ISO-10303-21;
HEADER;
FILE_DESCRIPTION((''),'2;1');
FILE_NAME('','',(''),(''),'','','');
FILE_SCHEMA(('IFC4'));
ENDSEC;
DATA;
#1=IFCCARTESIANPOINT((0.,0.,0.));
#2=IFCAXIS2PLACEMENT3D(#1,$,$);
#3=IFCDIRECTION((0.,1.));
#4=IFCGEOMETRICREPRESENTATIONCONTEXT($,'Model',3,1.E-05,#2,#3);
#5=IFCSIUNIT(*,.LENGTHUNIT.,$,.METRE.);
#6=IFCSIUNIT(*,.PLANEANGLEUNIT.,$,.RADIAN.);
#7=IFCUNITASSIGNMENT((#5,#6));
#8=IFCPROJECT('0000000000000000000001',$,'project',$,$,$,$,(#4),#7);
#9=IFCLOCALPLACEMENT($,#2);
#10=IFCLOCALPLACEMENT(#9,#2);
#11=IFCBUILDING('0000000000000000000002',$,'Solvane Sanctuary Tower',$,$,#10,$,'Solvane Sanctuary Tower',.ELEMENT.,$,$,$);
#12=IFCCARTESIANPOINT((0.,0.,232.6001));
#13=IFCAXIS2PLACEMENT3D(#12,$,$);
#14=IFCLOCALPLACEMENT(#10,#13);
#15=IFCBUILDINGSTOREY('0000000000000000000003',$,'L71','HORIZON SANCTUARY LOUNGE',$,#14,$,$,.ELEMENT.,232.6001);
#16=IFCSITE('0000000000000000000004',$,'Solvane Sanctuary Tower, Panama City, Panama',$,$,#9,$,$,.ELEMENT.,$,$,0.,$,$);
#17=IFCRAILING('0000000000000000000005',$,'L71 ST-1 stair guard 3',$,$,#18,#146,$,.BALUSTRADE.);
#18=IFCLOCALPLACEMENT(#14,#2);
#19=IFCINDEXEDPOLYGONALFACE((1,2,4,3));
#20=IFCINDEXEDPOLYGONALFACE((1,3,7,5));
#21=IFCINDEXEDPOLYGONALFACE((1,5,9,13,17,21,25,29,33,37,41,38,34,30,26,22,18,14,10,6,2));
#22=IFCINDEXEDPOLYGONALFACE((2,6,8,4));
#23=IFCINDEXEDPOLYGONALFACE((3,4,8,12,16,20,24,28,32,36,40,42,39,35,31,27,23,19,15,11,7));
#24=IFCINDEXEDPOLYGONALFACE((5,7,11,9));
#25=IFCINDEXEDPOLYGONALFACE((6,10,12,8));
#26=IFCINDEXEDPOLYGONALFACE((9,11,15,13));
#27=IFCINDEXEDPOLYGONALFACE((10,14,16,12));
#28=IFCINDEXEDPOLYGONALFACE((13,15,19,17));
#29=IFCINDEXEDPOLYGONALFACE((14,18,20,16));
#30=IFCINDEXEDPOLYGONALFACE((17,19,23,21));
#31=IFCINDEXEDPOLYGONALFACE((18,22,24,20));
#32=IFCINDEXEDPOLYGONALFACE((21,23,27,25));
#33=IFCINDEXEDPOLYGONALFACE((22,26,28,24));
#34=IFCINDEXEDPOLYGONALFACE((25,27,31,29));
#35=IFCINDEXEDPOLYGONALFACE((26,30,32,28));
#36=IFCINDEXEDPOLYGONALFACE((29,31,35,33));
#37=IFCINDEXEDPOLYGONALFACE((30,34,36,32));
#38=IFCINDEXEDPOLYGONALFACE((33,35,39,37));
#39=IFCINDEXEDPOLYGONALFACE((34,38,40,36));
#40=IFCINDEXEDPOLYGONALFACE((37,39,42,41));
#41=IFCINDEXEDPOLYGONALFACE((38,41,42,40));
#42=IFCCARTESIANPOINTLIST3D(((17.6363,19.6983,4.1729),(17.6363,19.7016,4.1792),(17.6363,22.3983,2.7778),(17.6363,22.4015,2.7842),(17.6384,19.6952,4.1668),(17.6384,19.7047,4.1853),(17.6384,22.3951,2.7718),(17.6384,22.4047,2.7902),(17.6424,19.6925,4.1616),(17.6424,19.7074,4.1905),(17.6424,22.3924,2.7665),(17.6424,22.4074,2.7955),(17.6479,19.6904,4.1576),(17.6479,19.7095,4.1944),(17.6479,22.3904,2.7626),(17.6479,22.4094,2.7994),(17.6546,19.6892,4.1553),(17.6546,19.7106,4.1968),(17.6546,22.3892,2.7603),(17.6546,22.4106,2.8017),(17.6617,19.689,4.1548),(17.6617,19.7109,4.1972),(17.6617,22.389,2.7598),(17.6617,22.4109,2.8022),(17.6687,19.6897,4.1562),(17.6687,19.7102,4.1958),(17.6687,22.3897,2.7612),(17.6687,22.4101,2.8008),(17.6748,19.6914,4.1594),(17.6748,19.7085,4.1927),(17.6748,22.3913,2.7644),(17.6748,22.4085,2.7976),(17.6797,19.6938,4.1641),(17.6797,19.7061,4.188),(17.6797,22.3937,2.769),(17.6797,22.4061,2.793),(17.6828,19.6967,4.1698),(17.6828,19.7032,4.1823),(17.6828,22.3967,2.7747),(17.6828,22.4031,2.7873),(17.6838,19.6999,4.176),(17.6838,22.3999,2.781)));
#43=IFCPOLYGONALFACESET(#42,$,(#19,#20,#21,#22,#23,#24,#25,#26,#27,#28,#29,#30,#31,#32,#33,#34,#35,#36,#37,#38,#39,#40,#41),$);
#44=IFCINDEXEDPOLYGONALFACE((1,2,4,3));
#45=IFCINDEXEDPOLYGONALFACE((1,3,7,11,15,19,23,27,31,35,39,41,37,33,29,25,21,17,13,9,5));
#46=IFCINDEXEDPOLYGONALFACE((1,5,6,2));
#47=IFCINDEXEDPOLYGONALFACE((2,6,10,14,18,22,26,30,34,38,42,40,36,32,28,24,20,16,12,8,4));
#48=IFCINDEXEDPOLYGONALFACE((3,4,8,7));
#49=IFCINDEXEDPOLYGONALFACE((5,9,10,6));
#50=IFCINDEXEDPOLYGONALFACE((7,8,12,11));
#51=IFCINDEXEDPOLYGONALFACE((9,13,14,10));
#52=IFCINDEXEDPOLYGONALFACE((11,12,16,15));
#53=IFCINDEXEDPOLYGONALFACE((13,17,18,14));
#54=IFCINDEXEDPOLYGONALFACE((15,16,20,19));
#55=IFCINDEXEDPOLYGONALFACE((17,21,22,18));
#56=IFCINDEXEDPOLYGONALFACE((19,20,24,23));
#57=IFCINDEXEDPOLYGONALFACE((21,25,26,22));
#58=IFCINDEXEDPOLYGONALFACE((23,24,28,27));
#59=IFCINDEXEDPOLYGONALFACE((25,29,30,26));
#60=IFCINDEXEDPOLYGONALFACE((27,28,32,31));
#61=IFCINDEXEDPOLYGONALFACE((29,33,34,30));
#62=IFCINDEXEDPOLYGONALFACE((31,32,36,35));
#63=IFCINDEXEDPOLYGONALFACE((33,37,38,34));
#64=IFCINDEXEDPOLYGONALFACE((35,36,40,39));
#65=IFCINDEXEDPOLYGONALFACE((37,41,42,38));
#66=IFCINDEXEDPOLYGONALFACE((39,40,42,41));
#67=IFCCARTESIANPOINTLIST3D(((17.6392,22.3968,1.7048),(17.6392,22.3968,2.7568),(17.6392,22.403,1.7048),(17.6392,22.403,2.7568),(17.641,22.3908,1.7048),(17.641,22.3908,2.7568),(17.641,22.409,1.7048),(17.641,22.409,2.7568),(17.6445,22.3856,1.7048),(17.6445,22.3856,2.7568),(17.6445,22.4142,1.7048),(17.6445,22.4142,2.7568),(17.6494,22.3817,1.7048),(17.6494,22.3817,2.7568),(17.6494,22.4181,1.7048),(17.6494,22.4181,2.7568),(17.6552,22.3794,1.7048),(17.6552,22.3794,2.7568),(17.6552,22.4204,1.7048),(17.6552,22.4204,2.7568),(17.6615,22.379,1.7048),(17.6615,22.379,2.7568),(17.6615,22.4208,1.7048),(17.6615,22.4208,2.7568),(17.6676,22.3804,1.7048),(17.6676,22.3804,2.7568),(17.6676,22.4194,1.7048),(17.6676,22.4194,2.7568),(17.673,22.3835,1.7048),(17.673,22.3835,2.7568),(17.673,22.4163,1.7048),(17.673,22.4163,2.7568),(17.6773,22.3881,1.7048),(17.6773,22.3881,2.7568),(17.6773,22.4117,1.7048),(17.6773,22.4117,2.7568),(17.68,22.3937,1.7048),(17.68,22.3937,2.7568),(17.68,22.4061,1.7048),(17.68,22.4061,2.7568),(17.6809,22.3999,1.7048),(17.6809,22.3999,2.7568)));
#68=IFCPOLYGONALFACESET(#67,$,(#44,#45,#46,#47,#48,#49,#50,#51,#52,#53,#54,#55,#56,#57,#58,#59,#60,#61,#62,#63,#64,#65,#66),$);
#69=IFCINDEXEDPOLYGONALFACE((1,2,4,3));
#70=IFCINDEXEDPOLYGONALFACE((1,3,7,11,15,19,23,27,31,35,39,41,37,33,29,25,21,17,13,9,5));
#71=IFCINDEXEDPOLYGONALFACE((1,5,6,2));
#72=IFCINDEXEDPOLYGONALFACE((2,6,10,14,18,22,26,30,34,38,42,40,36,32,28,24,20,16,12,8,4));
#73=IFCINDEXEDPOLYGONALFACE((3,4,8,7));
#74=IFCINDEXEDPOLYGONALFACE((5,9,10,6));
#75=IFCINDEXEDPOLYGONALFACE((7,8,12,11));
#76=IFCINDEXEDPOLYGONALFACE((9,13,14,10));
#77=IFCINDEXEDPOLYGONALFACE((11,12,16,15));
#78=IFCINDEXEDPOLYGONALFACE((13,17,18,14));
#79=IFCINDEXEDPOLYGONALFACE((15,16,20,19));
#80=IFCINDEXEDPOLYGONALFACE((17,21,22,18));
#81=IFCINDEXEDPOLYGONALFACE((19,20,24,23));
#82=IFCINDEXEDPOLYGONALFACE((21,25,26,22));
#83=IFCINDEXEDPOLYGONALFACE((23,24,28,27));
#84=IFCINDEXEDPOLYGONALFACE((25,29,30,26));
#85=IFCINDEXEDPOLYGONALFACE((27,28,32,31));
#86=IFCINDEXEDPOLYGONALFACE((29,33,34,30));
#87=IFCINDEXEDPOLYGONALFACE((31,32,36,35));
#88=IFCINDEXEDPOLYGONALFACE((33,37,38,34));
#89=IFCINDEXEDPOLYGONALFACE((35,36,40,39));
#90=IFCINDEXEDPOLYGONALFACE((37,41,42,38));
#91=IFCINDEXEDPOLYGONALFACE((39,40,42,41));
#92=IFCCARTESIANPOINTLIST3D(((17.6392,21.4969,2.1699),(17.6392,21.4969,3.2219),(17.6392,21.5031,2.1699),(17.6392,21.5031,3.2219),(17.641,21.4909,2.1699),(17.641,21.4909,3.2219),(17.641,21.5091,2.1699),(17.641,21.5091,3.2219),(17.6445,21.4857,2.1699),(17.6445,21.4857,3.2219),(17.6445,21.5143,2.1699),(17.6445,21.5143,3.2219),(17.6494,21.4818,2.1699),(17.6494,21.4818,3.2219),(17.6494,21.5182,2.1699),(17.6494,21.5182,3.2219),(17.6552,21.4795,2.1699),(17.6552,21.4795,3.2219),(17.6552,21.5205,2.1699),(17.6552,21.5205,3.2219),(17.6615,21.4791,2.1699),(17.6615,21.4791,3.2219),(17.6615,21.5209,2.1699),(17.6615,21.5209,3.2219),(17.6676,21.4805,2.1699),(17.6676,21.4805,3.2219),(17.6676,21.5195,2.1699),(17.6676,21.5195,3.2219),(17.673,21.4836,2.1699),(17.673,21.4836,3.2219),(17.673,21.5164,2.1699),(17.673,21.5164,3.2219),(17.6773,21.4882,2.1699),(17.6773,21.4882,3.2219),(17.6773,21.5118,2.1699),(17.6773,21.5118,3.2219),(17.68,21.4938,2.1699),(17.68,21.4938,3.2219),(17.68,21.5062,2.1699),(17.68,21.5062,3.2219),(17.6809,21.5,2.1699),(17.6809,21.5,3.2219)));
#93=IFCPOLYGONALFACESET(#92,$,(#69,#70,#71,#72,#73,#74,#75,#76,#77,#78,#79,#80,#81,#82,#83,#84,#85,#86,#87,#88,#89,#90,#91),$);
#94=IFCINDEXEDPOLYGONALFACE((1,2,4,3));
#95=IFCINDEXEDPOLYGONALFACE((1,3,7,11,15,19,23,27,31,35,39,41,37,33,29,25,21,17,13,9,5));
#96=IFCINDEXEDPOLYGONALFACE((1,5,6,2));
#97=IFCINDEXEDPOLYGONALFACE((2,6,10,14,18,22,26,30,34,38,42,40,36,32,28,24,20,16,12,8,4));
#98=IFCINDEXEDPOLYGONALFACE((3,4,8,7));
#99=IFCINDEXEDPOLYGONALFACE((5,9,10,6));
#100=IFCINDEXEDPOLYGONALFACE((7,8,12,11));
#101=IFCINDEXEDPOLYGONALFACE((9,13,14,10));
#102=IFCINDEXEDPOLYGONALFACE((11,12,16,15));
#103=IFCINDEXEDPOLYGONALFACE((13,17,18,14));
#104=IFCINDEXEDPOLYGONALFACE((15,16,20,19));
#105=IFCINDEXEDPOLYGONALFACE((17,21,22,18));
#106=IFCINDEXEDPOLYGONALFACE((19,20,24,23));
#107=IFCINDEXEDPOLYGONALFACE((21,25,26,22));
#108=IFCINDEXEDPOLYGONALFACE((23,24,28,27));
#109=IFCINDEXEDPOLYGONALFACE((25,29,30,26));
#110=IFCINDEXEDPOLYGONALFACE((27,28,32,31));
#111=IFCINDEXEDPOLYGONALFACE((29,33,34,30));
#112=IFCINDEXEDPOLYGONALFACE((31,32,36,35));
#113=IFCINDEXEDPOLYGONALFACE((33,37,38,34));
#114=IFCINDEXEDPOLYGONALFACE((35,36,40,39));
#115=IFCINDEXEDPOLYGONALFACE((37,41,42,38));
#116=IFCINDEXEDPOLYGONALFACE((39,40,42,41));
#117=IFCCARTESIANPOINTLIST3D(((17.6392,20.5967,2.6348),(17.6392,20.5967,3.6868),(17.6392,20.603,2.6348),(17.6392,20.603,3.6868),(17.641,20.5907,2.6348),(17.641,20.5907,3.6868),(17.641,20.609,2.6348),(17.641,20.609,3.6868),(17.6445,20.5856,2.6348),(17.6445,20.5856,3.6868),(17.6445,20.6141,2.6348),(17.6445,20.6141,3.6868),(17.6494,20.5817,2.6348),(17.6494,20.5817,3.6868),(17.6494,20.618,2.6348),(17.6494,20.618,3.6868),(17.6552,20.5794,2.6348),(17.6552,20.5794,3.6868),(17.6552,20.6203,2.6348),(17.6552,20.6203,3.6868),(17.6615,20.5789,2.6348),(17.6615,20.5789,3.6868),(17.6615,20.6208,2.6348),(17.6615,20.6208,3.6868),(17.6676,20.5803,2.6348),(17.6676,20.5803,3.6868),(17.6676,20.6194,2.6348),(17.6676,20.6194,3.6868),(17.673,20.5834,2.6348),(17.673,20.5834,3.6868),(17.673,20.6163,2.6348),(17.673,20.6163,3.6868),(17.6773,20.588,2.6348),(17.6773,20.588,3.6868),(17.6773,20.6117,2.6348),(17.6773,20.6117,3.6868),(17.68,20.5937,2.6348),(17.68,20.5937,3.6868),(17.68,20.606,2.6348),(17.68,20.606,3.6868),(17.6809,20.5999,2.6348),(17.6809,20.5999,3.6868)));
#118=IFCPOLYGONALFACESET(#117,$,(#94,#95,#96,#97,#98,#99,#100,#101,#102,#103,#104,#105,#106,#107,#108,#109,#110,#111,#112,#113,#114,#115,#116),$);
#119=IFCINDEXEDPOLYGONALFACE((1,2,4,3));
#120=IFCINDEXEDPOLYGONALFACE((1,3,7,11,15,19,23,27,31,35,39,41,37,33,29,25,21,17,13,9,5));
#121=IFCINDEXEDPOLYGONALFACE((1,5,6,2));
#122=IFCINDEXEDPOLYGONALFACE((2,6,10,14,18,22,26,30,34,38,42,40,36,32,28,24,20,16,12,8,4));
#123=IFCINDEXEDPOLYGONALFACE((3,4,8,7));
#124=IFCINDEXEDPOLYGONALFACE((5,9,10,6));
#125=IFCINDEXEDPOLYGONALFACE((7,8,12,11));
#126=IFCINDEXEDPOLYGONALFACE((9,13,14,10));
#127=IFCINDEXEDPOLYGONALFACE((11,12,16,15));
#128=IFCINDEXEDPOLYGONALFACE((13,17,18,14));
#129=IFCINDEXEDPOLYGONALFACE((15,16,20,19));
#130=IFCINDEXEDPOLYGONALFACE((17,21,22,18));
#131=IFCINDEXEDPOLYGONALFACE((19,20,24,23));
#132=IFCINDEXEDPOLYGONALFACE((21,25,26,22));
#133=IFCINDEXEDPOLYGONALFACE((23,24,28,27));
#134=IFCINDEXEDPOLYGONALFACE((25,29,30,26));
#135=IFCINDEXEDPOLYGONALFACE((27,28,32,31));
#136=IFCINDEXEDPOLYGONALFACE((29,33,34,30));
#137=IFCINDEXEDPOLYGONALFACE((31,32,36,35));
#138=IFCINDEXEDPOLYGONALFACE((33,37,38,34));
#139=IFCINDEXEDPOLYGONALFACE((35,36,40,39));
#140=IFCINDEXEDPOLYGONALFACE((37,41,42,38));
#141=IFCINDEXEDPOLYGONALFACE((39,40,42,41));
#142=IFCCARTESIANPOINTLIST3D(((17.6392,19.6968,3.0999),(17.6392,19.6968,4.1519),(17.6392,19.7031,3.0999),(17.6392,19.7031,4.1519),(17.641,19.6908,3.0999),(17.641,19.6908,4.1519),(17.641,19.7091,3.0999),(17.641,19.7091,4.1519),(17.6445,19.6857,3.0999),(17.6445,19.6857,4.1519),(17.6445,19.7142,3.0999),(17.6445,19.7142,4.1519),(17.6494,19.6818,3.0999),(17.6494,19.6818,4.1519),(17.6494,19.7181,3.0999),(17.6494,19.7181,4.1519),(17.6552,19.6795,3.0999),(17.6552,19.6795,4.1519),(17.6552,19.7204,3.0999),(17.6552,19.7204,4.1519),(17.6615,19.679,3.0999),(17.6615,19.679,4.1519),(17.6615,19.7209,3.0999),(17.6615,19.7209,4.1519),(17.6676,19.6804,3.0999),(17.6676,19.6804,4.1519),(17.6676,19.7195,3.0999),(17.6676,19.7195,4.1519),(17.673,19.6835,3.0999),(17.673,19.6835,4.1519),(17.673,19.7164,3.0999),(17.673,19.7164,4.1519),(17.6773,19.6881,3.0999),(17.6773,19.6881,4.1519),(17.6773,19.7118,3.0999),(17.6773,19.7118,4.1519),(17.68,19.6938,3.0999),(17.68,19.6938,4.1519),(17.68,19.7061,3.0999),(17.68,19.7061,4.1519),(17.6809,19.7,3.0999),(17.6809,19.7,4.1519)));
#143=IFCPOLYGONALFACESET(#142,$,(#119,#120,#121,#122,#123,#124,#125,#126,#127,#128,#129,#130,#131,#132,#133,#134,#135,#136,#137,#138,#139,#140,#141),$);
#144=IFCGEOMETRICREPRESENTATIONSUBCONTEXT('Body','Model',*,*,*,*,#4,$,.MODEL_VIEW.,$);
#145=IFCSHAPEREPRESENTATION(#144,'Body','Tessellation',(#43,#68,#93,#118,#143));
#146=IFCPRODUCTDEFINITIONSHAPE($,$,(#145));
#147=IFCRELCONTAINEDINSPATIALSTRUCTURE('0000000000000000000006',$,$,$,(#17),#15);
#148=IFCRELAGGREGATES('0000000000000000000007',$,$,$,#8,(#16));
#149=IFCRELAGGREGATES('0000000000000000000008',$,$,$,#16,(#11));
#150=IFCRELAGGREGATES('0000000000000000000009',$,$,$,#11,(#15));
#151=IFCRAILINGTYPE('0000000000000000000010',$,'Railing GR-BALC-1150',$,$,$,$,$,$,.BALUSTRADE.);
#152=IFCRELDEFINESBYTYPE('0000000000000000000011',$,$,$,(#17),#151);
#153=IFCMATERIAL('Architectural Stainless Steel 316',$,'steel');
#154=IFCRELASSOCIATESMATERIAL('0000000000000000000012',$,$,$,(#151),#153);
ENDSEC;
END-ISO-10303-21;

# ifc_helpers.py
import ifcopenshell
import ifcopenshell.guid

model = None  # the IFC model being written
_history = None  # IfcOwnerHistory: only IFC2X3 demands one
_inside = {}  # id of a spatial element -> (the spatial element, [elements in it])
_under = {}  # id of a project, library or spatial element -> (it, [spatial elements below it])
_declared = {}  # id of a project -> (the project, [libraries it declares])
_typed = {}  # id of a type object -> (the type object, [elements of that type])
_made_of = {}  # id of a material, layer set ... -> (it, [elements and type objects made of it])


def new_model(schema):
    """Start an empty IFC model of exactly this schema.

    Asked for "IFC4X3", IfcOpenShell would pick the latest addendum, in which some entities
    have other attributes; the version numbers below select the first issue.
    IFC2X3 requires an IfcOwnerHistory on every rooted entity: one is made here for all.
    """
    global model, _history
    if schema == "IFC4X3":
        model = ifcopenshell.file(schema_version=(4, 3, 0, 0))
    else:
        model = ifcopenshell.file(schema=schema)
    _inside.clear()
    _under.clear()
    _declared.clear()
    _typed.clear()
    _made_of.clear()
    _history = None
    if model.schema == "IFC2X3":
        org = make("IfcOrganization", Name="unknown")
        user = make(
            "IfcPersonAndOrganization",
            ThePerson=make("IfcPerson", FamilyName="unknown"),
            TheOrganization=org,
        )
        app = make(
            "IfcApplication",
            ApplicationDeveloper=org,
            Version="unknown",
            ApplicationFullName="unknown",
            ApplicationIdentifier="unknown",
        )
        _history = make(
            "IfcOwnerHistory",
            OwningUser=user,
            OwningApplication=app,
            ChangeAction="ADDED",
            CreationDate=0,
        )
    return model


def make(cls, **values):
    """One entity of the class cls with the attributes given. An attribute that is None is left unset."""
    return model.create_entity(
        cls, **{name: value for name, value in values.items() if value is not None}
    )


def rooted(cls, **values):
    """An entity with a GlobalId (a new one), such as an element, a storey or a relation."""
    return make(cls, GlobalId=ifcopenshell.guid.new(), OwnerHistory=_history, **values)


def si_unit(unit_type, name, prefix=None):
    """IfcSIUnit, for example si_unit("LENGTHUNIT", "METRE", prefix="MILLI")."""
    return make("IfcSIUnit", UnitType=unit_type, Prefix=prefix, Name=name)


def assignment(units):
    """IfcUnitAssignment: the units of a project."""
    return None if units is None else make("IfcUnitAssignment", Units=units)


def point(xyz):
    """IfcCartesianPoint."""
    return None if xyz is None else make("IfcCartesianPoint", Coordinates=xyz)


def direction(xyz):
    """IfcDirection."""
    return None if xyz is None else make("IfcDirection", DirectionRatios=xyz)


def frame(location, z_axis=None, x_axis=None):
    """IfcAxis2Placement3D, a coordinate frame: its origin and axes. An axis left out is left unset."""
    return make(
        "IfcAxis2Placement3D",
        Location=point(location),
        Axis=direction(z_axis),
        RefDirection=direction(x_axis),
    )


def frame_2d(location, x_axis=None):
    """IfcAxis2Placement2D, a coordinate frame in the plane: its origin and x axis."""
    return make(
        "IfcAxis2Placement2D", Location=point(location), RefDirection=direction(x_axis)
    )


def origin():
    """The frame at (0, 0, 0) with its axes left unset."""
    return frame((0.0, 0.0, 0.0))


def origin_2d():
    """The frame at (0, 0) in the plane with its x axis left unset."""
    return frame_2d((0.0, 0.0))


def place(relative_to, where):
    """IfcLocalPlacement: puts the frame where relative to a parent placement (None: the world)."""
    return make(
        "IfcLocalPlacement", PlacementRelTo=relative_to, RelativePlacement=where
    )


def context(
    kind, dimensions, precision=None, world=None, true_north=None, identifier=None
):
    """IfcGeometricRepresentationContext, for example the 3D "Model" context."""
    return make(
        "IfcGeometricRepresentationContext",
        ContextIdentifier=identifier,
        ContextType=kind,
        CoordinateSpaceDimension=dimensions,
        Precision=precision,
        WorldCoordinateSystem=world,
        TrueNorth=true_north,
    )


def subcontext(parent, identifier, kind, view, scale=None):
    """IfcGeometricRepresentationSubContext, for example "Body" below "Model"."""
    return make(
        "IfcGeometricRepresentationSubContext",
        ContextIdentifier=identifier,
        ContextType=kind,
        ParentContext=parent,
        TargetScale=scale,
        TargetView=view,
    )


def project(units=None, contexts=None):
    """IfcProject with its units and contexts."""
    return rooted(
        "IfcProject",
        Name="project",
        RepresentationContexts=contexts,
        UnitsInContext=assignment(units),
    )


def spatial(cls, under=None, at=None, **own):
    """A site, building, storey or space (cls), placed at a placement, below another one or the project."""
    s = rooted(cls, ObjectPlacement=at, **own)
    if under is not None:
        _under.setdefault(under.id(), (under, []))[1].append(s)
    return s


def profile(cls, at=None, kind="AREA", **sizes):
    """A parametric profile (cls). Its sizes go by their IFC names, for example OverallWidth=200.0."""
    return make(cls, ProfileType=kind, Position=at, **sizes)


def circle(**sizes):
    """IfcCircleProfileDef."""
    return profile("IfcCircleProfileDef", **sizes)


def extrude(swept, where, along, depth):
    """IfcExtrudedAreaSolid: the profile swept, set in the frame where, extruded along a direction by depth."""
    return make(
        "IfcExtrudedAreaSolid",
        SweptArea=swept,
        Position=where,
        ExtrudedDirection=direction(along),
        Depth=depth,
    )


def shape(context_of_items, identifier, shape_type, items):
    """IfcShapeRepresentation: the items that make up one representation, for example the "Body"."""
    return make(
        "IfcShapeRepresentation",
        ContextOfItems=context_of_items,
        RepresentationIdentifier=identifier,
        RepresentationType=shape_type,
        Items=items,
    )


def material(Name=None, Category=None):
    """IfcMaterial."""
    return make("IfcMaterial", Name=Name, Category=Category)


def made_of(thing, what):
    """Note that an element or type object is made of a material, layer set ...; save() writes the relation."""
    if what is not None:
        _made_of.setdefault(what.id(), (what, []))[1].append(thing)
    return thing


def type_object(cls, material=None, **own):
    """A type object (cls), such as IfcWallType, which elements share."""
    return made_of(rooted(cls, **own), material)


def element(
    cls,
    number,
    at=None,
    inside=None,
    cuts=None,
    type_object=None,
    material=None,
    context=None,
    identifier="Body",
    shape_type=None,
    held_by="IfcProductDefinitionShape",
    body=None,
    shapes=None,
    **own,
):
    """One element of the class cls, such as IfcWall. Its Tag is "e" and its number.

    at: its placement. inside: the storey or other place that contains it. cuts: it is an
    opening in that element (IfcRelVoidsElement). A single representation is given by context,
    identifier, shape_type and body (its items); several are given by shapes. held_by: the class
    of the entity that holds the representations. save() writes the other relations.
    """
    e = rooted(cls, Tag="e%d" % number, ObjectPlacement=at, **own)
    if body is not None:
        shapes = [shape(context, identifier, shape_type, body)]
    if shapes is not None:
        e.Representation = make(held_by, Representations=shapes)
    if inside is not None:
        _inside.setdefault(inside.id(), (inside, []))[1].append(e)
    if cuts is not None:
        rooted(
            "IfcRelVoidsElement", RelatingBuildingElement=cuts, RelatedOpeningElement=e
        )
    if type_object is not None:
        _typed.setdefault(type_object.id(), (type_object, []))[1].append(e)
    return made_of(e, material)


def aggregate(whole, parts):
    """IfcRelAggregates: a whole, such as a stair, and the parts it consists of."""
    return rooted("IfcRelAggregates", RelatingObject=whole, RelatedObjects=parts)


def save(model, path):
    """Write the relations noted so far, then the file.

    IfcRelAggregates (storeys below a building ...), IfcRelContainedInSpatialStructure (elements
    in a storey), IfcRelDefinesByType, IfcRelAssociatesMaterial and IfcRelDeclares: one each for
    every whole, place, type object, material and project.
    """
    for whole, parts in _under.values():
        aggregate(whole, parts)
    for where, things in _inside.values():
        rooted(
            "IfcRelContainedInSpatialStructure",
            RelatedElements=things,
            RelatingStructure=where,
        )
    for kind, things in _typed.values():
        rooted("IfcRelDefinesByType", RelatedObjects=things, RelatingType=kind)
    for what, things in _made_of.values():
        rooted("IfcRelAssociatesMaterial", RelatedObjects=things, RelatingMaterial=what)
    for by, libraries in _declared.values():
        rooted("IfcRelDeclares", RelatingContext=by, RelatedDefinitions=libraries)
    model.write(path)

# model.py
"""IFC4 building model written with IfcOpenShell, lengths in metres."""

from ifc_helpers import new_model, si_unit, direction, frame, origin, origin_2d, place, context, subcontext, project, spatial, circle, extrude, material, type_object, element, save


model = new_model("IFC4")

# Units and contexts
model_context = context("Model", 3, precision=1e-05, world=origin(), true_north=direction((0.0, 1.0)))
body_context = subcontext(model_context, "Body", "Model", "MODEL_VIEW")
ifc_project = project(units=[si_unit("LENGTHUNIT", "METRE"), si_unit("PLANEANGLEUNIT", "RADIAN")], contexts=[model_context])

# Site, building, storey
site_placement = place(None, origin())
site = spatial("IfcSite", under=ifc_project, at=site_placement, Name="Solvane Sanctuary Tower, Panama City, Panama", CompositionType="ELEMENT", RefElevation=0.0)
building_placement = place(site_placement, origin())
building = spatial("IfcBuilding", under=site, at=building_placement, Name="Solvane Sanctuary Tower", LongName="Solvane Sanctuary Tower", CompositionType="ELEMENT")
storey_placement = place(building_placement, frame((0.0, 0.0, 232.6001)))
storey = spatial("IfcBuildingStorey", under=building, at=storey_placement, Name="L71", Description="HORIZON SANCTUARY LOUNGE", CompositionType="ELEMENT", Elevation=232.6001)

# Shared definitions
ifc_material_1 = material(Name="Architectural Stainless Steel 316", Category="steel")

# Railing
railing_type_1 = type_object("IfcRailingType", Name="Railing GR-BALC-1150", PredefinedType="BALUSTRADE", material=ifc_material_1)
railing_1_placement = place(storey_placement, frame((17.6599, 22.3999, 1.7048)))
element("IfcRailing", 1, at=railing_1_placement, inside=storey, type_object=railing_type_1, Name="L71 ST-1 stair guard 3", PredefinedType="BALUSTRADE", context=body_context, shape_type="SweptSolid", body=[
    extrude(circle(Radius=0.0239, at=origin_2d()), frame((0.0, 0.0, 1.0762), z_axis=(0.0, -0.88842, 0.459032), x_axis=(1.0, 0.0, 0.0)), (0.0, 0.0, 1.0), 3.0391),
    extrude(circle(Radius=0.021, at=origin_2d()), origin(), (0.0, 0.0, 1.0), 1.052),
    extrude(circle(Radius=0.021, at=origin_2d()), frame((0.0, -0.8999, 0.4651)), (0.0, 0.0, 1.0), 1.052),
    extrude(circle(Radius=0.021, at=origin_2d()), frame((0.0, -1.8, 0.9299)), (0.0, 0.0, 1.0), 1.052),
    extrude(circle(Radius=0.021, at=origin_2d()), frame((0.0, -2.7, 1.395)), (0.0, 0.0, 1.0), 1.052),
])

save(model, "model.ifc")
